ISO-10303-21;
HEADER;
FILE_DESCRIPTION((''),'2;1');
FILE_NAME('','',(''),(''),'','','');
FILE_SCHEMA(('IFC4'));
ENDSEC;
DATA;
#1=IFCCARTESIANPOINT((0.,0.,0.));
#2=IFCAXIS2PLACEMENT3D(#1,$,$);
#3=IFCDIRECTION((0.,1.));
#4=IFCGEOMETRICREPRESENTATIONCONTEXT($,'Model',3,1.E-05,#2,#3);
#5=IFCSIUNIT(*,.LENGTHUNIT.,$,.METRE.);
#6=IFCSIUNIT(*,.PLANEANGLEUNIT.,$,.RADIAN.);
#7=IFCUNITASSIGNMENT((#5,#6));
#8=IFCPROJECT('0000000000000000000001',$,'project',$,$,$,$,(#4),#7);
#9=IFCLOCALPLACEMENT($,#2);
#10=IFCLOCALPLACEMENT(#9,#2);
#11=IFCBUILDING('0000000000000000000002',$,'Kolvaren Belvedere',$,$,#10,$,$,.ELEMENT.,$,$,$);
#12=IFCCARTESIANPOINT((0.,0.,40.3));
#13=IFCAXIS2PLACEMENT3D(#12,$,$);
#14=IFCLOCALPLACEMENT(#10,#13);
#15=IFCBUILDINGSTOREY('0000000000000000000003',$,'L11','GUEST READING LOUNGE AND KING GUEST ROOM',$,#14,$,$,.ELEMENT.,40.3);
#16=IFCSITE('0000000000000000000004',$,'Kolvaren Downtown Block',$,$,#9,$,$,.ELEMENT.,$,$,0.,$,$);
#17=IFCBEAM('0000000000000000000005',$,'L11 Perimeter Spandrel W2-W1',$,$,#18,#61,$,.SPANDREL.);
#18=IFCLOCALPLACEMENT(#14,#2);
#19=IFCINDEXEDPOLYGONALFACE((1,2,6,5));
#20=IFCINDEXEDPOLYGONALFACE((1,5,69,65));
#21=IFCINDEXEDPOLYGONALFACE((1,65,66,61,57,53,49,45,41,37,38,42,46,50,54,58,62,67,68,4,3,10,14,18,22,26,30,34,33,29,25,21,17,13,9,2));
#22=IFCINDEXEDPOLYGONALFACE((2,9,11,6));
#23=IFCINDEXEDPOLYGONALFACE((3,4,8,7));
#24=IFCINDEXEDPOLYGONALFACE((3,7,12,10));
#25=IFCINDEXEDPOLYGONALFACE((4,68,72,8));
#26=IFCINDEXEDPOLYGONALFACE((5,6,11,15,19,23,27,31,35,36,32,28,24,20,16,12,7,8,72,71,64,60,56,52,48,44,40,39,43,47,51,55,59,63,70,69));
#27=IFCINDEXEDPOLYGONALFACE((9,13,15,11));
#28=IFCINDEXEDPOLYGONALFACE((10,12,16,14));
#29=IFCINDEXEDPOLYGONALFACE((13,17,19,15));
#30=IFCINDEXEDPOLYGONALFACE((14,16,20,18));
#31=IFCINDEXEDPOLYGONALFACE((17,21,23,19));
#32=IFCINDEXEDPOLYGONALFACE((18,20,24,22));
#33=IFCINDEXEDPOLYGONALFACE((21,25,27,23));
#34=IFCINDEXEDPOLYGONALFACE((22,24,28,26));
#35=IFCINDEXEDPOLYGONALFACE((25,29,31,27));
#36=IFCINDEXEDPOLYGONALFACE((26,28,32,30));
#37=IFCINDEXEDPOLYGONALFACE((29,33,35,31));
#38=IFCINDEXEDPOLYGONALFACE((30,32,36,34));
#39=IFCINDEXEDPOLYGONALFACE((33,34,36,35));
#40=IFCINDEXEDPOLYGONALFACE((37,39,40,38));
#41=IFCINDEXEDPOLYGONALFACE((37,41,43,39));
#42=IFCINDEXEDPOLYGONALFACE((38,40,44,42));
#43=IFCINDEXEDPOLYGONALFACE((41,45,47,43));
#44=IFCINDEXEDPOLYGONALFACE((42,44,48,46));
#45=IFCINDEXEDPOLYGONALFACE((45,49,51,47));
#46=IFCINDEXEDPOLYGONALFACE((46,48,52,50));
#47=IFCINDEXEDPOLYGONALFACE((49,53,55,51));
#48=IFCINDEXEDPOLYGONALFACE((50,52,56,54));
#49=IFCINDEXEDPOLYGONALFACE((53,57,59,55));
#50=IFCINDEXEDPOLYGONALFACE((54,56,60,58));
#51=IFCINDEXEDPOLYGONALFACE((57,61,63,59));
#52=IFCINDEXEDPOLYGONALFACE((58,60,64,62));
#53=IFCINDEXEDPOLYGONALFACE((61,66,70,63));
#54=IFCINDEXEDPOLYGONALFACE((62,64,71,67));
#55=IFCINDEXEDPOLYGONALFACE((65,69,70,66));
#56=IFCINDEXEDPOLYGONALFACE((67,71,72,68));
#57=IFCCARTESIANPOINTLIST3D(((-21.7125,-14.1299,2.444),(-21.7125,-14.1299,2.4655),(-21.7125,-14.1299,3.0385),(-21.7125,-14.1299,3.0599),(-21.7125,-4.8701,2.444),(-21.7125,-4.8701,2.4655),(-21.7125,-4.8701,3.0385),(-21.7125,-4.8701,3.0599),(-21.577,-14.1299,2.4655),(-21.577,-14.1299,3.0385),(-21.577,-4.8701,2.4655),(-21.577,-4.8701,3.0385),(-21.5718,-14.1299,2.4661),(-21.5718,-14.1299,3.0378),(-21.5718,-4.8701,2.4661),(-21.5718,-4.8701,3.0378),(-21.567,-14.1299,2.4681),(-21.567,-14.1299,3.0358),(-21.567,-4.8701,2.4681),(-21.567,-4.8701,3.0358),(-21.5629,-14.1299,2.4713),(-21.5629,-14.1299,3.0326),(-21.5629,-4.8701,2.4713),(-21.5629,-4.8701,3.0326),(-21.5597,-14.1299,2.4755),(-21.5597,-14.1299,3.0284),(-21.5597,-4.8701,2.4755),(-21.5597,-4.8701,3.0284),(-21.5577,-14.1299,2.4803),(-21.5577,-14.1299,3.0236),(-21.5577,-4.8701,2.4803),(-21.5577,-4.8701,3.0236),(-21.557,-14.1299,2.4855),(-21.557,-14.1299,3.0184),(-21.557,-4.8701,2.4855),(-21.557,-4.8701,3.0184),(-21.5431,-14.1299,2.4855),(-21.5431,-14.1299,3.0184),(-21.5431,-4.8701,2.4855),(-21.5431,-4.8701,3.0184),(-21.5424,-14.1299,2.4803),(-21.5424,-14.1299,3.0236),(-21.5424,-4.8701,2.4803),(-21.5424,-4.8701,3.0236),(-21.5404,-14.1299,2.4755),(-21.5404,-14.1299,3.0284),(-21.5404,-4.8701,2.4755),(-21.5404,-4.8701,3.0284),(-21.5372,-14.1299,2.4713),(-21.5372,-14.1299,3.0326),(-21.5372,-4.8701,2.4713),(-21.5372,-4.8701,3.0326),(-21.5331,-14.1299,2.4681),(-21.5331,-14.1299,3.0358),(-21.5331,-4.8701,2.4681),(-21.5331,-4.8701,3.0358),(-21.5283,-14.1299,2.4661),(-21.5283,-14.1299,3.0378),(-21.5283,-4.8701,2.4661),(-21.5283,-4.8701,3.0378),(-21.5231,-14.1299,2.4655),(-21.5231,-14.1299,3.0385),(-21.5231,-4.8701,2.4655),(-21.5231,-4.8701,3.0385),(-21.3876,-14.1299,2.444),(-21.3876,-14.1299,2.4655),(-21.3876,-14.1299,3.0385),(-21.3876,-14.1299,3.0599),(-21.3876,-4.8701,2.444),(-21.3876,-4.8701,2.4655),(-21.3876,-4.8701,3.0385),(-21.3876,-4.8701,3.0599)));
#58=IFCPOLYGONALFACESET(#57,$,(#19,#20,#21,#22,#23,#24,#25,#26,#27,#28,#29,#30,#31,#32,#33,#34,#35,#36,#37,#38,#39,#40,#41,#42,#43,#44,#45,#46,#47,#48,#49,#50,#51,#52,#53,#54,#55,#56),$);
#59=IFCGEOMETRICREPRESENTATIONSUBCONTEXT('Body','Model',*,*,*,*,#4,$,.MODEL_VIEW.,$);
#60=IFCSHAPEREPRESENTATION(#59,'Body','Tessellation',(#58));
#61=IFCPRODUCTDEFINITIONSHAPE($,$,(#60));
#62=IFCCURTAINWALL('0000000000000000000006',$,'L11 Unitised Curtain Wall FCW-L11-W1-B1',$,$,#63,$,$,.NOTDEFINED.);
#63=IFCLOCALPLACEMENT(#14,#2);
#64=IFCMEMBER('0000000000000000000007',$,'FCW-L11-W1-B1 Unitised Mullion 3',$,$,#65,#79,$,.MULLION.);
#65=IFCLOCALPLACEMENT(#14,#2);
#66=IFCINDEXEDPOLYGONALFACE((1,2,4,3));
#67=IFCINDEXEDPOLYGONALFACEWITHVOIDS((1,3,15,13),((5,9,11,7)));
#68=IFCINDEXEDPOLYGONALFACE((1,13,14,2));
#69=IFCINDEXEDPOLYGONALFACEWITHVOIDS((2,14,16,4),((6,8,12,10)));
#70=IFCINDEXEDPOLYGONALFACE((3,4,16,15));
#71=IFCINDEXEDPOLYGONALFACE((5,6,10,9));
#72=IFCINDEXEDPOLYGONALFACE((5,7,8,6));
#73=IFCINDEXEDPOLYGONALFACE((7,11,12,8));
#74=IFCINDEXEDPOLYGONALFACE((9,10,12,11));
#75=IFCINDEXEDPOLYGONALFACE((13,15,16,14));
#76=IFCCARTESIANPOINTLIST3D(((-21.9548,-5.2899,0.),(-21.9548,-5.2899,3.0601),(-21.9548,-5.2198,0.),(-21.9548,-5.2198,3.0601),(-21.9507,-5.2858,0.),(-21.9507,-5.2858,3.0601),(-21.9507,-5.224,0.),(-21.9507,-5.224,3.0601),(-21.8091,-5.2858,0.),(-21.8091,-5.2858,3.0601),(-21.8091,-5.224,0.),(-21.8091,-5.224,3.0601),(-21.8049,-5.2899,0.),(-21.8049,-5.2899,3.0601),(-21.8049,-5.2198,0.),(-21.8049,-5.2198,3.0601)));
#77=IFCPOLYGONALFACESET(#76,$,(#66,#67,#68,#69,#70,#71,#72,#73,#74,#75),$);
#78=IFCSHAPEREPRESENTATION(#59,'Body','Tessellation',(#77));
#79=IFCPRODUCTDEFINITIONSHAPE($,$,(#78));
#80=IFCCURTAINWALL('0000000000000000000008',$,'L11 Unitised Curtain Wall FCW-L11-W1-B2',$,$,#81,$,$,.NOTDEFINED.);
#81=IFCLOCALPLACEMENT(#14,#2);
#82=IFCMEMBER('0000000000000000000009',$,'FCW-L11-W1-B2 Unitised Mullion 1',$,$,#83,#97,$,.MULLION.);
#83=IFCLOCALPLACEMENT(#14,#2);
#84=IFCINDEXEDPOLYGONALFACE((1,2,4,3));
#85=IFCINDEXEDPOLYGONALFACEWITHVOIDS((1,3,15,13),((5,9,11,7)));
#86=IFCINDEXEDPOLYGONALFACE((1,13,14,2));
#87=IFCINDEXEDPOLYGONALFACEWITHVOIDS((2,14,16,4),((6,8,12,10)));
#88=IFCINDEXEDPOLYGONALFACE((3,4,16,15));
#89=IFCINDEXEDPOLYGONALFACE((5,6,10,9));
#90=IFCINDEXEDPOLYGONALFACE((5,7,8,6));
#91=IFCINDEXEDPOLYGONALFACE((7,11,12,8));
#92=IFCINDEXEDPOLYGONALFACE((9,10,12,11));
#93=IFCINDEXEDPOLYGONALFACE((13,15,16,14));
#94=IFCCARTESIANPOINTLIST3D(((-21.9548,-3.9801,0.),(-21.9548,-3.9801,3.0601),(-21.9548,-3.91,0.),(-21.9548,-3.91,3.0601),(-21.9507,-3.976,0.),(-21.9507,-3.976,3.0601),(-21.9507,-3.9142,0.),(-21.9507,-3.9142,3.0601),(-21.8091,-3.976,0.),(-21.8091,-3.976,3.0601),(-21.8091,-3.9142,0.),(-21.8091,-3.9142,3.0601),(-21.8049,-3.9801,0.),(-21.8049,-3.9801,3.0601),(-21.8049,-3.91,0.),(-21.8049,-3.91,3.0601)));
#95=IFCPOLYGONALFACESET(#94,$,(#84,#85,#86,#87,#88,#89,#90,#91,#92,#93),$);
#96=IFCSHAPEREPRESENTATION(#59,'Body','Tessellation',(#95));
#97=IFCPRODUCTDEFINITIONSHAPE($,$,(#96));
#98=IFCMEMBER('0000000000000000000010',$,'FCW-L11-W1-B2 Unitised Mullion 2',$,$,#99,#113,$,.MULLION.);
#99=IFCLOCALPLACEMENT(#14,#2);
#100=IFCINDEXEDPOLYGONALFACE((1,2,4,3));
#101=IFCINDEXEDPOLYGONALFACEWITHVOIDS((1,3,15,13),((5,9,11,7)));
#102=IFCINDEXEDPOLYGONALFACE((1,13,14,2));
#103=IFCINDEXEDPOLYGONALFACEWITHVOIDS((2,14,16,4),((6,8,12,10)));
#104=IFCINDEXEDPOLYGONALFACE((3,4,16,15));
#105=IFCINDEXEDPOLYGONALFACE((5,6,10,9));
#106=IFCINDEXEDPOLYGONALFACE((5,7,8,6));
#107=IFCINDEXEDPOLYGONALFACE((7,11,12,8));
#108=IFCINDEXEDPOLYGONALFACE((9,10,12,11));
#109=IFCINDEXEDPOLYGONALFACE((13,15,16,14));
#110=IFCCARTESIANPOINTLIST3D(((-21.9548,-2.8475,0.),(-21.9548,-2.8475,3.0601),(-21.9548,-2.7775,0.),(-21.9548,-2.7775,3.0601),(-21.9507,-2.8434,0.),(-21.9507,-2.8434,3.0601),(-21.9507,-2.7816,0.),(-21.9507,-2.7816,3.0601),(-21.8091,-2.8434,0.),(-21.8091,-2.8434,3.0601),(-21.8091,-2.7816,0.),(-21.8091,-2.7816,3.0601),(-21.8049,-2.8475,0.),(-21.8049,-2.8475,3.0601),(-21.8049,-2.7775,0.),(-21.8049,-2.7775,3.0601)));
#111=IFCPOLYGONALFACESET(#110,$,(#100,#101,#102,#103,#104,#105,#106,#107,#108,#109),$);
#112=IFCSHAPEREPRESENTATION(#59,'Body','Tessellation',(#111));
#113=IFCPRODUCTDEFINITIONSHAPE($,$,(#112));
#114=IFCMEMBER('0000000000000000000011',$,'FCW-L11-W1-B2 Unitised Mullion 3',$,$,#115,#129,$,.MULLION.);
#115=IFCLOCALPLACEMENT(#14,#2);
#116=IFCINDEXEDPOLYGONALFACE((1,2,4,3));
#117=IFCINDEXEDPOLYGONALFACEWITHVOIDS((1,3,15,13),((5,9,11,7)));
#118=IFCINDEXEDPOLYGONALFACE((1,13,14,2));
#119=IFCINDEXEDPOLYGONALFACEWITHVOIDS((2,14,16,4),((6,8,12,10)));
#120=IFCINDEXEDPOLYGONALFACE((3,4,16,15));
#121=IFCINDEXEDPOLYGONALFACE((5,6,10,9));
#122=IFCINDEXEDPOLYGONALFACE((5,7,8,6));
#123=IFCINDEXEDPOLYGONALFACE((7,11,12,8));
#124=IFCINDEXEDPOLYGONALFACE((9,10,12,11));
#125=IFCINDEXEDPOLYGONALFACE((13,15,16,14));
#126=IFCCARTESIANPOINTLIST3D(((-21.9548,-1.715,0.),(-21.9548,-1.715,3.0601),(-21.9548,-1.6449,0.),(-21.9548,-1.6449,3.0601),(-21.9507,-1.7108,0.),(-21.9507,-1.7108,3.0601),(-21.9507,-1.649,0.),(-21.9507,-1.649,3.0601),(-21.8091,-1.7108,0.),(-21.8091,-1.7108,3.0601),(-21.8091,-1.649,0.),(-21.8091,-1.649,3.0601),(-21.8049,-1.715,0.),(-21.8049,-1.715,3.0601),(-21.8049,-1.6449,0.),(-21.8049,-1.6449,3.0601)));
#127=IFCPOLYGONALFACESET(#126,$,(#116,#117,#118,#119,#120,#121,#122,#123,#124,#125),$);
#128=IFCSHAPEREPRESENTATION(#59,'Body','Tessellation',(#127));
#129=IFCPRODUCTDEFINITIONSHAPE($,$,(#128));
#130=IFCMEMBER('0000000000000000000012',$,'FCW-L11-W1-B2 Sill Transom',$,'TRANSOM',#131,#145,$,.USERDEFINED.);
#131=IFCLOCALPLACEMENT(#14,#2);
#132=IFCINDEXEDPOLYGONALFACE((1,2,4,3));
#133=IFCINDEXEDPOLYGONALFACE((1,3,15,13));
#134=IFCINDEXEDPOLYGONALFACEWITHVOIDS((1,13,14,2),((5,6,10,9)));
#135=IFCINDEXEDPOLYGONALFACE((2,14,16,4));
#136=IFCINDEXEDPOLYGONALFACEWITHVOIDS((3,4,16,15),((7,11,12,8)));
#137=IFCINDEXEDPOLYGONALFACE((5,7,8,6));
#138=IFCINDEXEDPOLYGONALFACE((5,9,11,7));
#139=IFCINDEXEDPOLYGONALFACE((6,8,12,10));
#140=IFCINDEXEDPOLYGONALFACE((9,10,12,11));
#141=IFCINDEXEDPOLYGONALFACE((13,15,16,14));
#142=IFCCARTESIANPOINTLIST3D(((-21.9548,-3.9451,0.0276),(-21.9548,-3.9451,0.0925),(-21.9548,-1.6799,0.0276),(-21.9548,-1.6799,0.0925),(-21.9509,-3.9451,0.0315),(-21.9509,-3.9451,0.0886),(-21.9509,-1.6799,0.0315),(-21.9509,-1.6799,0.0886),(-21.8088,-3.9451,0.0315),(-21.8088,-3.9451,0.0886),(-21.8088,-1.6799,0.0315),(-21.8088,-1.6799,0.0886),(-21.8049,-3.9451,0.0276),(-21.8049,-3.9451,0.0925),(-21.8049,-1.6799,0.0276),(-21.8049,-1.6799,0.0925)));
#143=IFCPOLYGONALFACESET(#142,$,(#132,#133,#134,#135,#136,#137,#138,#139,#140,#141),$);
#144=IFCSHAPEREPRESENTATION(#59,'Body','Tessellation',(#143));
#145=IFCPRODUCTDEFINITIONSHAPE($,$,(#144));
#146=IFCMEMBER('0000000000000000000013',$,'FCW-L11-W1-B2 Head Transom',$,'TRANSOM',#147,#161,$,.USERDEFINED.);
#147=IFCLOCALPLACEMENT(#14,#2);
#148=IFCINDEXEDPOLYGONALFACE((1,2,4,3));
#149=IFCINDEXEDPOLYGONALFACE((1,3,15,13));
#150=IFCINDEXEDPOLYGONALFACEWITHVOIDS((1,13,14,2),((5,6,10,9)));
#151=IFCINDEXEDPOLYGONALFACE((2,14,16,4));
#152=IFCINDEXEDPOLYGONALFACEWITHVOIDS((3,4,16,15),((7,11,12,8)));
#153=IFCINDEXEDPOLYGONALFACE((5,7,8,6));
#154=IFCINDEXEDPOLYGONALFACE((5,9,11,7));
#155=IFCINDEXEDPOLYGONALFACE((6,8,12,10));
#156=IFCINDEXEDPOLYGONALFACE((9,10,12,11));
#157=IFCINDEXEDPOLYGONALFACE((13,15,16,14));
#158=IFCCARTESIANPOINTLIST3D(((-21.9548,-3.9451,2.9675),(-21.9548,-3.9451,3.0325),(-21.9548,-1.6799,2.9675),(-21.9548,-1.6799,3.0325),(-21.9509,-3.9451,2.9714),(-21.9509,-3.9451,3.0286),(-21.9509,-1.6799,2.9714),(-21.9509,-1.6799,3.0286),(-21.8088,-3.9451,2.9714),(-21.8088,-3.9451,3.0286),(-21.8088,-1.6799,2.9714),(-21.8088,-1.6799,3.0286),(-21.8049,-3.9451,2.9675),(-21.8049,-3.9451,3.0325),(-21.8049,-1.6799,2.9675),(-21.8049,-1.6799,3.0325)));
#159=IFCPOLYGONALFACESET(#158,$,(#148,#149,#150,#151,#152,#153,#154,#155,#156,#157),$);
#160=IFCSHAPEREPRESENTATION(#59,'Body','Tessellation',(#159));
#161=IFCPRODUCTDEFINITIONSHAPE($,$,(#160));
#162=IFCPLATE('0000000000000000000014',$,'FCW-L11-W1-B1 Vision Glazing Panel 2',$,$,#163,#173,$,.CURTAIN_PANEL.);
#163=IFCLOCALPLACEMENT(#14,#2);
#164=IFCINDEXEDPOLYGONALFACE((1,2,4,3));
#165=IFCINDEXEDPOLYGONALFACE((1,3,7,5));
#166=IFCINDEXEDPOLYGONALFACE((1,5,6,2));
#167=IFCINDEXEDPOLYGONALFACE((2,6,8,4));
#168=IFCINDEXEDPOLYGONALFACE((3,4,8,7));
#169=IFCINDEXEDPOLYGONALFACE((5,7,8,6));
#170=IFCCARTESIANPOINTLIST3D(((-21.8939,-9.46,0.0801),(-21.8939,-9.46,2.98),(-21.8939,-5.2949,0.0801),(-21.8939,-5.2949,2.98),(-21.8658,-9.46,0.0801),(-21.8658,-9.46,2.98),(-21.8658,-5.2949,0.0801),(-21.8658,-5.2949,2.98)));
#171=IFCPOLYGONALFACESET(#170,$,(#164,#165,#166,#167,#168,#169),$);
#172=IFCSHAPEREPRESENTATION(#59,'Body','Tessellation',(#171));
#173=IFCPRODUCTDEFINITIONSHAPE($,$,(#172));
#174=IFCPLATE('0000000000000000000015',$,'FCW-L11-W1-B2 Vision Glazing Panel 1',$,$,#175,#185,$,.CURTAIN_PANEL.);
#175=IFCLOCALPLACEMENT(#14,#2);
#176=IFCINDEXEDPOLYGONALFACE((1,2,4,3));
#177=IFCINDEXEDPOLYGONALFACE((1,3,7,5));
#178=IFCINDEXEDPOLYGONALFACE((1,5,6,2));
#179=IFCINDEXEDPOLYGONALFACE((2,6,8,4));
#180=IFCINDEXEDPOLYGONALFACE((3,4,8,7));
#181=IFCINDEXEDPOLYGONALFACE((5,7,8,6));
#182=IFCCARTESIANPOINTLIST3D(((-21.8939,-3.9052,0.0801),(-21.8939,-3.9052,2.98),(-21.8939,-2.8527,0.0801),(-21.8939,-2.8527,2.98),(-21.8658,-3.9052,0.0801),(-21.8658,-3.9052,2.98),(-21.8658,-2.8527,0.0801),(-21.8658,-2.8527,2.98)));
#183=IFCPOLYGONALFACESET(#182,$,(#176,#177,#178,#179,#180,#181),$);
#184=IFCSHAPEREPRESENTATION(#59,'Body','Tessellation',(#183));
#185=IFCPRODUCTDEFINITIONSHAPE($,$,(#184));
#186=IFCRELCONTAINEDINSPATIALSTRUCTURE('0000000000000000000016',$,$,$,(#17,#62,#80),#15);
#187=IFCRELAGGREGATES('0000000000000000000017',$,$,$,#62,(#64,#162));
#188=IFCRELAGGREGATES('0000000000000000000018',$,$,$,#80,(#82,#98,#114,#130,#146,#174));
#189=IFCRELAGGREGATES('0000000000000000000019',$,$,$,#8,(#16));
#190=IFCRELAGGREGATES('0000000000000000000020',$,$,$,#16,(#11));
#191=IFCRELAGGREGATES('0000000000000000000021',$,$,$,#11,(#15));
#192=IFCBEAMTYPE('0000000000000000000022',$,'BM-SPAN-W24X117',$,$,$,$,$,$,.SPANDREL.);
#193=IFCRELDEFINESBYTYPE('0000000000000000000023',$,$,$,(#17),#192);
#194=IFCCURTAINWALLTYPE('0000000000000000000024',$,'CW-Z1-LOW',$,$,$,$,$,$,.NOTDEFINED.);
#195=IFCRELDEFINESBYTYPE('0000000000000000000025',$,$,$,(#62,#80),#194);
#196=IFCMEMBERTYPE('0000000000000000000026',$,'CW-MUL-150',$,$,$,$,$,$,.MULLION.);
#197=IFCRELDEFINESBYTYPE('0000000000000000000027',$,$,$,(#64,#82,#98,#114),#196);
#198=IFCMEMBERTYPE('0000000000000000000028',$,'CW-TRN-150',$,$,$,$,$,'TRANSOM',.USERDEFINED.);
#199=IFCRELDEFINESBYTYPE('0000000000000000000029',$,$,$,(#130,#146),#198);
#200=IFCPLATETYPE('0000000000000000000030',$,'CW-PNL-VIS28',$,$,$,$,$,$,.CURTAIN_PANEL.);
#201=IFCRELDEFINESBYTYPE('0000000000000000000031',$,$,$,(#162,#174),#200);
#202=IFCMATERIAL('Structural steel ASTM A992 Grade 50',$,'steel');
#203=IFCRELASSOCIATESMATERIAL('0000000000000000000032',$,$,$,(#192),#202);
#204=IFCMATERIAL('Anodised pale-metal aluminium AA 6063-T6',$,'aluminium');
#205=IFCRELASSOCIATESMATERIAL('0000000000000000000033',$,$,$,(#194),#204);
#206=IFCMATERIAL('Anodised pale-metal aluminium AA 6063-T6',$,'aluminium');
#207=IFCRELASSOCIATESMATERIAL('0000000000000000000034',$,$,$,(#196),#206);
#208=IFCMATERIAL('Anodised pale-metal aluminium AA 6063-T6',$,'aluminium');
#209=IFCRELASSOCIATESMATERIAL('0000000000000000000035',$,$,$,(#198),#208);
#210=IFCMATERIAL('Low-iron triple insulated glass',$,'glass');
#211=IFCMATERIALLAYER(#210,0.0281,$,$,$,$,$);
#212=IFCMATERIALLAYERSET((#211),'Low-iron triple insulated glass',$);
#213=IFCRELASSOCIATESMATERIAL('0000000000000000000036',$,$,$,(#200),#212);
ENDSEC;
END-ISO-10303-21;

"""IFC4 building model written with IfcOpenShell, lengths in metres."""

from ifc_helpers import new_model, si_unit, direction, frame, origin, origin_2d, place, context, subcontext, project, spatial, rectangle, hollow_rectangle, i_section, extrude, material, layer, layer_set, material_profile, profile_set, type_object, element, aggregate, save


model = new_model("IFC4")

# Units and contexts
model_context = context("Model", 3, precision=1e-05, world=origin(), true_north=direction((0.0, 1.0)))
body_context = subcontext(model_context, "Body", "Model", "MODEL_VIEW")
ifc_project = project(units=[si_unit("LENGTHUNIT", "METRE"), si_unit("PLANEANGLEUNIT", "RADIAN")], contexts=[model_context])

# Site, building, storey
site_placement = place(None, origin())
site = spatial("IfcSite", under=ifc_project, at=site_placement, Name="Kolvaren Downtown Block", CompositionType="ELEMENT", RefElevation=0.0)
building_placement = place(site_placement, origin())
building = spatial("IfcBuilding", under=site, at=building_placement, Name="Kolvaren Belvedere", CompositionType="ELEMENT")
storey_placement = place(building_placement, frame((0.0, 0.0, 40.3)))
storey = spatial("IfcBuildingStorey", under=building, at=storey_placement, Name="L11", Description="GUEST READING LOUNGE AND KING GUEST ROOM", CompositionType="ELEMENT", Elevation=40.3)

# Beam
ifc_material_1 = material(Name="Structural steel ASTM A992 Grade 50", Category="steel")
ifc_material_profile_1 = material_profile(ifc_material_1, i_section(OverallWidth=0.325, OverallDepth=0.616, WebThickness=0.0139, FlangeThickness=0.0215, FilletRadius=0.02, at=origin_2d()), Name="W24X117")
ifc_profile_set_1 = profile_set([ifc_material_profile_1], Name="Structural steel ASTM A992 Grade 50")
beam_type_1 = type_object("IfcBeamType", Name="BM-SPAN-W24X117", PredefinedType="SPANDREL", material=ifc_profile_set_1)
beam_1_placement = place(storey_placement, frame((-21.55, -4.8701, 2.752), z_axis=(0.0, -1.0, 0.0), x_axis=(1.0, 0.0, 0.0)))
element("IfcBeam", 1, at=beam_1_placement, inside=storey, type_object=beam_type_1, Name="L11 Perimeter Spandrel W2-W1", PredefinedType="SPANDREL", context=body_context, shape_type="SweptSolid", body=[
    extrude(i_section(OverallWidth=0.325, OverallDepth=0.616, WebThickness=0.0139, FlangeThickness=0.0215, FilletRadius=0.02, at=origin_2d()), origin(), (0.0, 0.0, 1.0), 9.2598),
])

# Curtain wall, member
ifc_material_2 = material(Name="Anodised pale-metal aluminium AA 6063-T6", Category="aluminium")
curtain_wall_type = type_object("IfcCurtainWallType", Name="CW-Z1-LOW", PredefinedType="NOTDEFINED", material=ifc_material_2)
curtain_wall_1_placement = place(storey_placement, origin())
curtain_wall_1 = element("IfcCurtainWall", 2, at=curtain_wall_1_placement, inside=storey, type_object=curtain_wall_type, Name="L11 Unitised Curtain Wall FCW-L11-W1-B1", PredefinedType="NOTDEFINED")
ifc_material_3 = material(Name="Anodised pale-metal aluminium AA 6063-T6", Category="aluminium")
ifc_material_profile_2 = material_profile(ifc_material_3, hollow_rectangle(XDim=0.0701, YDim=0.1499, WallThickness=0.0042, at=origin_2d()), Name="ALU-MUL-150X70")
ifc_profile_set_2 = profile_set([ifc_material_profile_2], Name="Anodised pale-metal aluminium AA 6063-T6")
member_type_1 = type_object("IfcMemberType", Name="CW-MUL-150", PredefinedType="MULLION", material=ifc_profile_set_2)
member_1_placement = place(storey_placement, frame((-21.8799, -5.2549, 0.0), z_axis=(0.0, 0.0, 1.0), x_axis=(0.0, 1.0, 0.0)))
member_1 = element("IfcMember", 3, at=member_1_placement, type_object=member_type_1, Name="FCW-L11-W1-B1 Unitised Mullion 3", PredefinedType="MULLION", context=body_context, shape_type="SweptSolid", body=[
    extrude(hollow_rectangle(XDim=0.0701, YDim=0.1499, WallThickness=0.0042, at=origin_2d()), origin(), (0.0, 0.0, 1.0), 3.0601),
])

# Curtain wall, members
curtain_wall_2_placement = place(storey_placement, origin())
curtain_wall_2 = element("IfcCurtainWall", 4, at=curtain_wall_2_placement, inside=storey, type_object=curtain_wall_type, Name="L11 Unitised Curtain Wall FCW-L11-W1-B2", PredefinedType="NOTDEFINED")
member_2_placement = place(storey_placement, frame((-21.8799, -3.9451, 0.0), z_axis=(0.0, 0.0, 1.0), x_axis=(0.0, 1.0, 0.0)))
member_2 = element("IfcMember", 5, at=member_2_placement, type_object=member_type_1, Name="FCW-L11-W1-B2 Unitised Mullion 1", PredefinedType="MULLION", context=body_context, shape_type="SweptSolid", body=[
    extrude(hollow_rectangle(XDim=0.0701, YDim=0.1499, WallThickness=0.0042, at=origin_2d()), origin(), (0.0, 0.0, 1.0), 3.0601),
])
member_3_placement = place(storey_placement, frame((-21.8799, -2.8125, 0.0), z_axis=(0.0, 0.0, 1.0), x_axis=(0.0, 1.0, 0.0)))
member_3 = element("IfcMember", 6, at=member_3_placement, type_object=member_type_1, Name="FCW-L11-W1-B2 Unitised Mullion 2", PredefinedType="MULLION", context=body_context, shape_type="SweptSolid", body=[
    extrude(hollow_rectangle(XDim=0.0701, YDim=0.1499, WallThickness=0.0042, at=origin_2d()), origin(), (0.0, 0.0, 1.0), 3.0601),
])
member_4_placement = place(storey_placement, frame((-21.8799, -1.6799, 0.0), z_axis=(0.0, 0.0, 1.0), x_axis=(0.0, 1.0, 0.0)))
member_4 = element("IfcMember", 7, at=member_4_placement, type_object=member_type_1, Name="FCW-L11-W1-B2 Unitised Mullion 3", PredefinedType="MULLION", context=body_context, shape_type="SweptSolid", body=[
    extrude(hollow_rectangle(XDim=0.0701, YDim=0.1499, WallThickness=0.0042, at=origin_2d()), origin(), (0.0, 0.0, 1.0), 3.0601),
])
ifc_material_4 = material(Name="Anodised pale-metal aluminium AA 6063-T6", Category="aluminium")
ifc_material_profile_3 = material_profile(ifc_material_4, hollow_rectangle(XDim=0.0649, YDim=0.1499, WallThickness=0.0039, at=origin_2d()), Name="ALU-TRN-150X65")
ifc_profile_set_3 = profile_set([ifc_material_profile_3], Name="Anodised pale-metal aluminium AA 6063-T6")
member_type_2 = type_object("IfcMemberType", Name="CW-TRN-150", ElementType="TRANSOM", PredefinedType="USERDEFINED", material=ifc_profile_set_3)
member_5_placement = place(storey_placement, frame((-21.8799, -3.9451, 0.0601), z_axis=(0.0, 1.0, 0.0), x_axis=(0.0, 0.0, 1.0)))
member_5 = element("IfcMember", 8, at=member_5_placement, type_object=member_type_2, Name="FCW-L11-W1-B2 Sill Transom", ObjectType="TRANSOM", PredefinedType="USERDEFINED", context=body_context, shape_type="SweptSolid", body=[
    extrude(hollow_rectangle(XDim=0.0649, YDim=0.1499, WallThickness=0.0039, at=origin_2d()), origin(), (0.0, 0.0, 1.0), 2.2651),
])
member_6_placement = place(storey_placement, frame((-21.8799, -3.9451, 3.0), z_axis=(0.0, 1.0, 0.0), x_axis=(0.0, 0.0, 1.0)))
member_6 = element("IfcMember", 9, at=member_6_placement, type_object=member_type_2, Name="FCW-L11-W1-B2 Head Transom", ObjectType="TRANSOM", PredefinedType="USERDEFINED", context=body_context, shape_type="SweptSolid", body=[
    extrude(hollow_rectangle(XDim=0.0649, YDim=0.1499, WallThickness=0.0039, at=origin_2d()), origin(), (0.0, 0.0, 1.0), 2.2651),
])

# Plates
ifc_material_5 = material(Name="Low-iron triple insulated glass", Category="glass")
ifc_layer_1 = layer(ifc_material_5, 0.0281)
ifc_layer_set_1 = layer_set([ifc_layer_1], Name="Low-iron triple insulated glass")
plate_type_1 = type_object("IfcPlateType", Name="CW-PNL-VIS28", PredefinedType="CURTAIN_PANEL", material=ifc_layer_set_1)
plate_1_placement = place(storey_placement, frame((-21.8799, -7.3774, 0.0801), z_axis=(0.0, 0.0, 1.0), x_axis=(0.0, 1.0, 0.0)))
plate_1 = element("IfcPlate", 10, at=plate_1_placement, type_object=plate_type_1, Name="FCW-L11-W1-B1 Vision Glazing Panel 2", PredefinedType="CURTAIN_PANEL", context=body_context, shape_type="SweptSolid", body=[
    extrude(rectangle(XDim=4.165, YDim=0.0281, at=origin_2d()), origin(), (0.0, 0.0, 1.0), 2.8999),
])
aggregate(curtain_wall_1, [member_1, plate_1])
plate_2_placement = place(storey_placement, frame((-21.8799, -3.3789, 0.0801), z_axis=(0.0, 0.0, 1.0), x_axis=(0.0, 1.0, 0.0)))
plate_2 = element("IfcPlate", 11, at=plate_2_placement, type_object=plate_type_1, Name="FCW-L11-W1-B2 Vision Glazing Panel 1", PredefinedType="CURTAIN_PANEL", context=body_context, shape_type="SweptSolid", body=[
    extrude(rectangle(XDim=1.0525, YDim=0.0281, at=origin_2d()), origin(), (0.0, 0.0, 1.0), 2.8999),
])
aggregate(curtain_wall_2, [member_2, member_3, member_4, member_5, member_6, plate_2])

save(model, "model.ifc")
